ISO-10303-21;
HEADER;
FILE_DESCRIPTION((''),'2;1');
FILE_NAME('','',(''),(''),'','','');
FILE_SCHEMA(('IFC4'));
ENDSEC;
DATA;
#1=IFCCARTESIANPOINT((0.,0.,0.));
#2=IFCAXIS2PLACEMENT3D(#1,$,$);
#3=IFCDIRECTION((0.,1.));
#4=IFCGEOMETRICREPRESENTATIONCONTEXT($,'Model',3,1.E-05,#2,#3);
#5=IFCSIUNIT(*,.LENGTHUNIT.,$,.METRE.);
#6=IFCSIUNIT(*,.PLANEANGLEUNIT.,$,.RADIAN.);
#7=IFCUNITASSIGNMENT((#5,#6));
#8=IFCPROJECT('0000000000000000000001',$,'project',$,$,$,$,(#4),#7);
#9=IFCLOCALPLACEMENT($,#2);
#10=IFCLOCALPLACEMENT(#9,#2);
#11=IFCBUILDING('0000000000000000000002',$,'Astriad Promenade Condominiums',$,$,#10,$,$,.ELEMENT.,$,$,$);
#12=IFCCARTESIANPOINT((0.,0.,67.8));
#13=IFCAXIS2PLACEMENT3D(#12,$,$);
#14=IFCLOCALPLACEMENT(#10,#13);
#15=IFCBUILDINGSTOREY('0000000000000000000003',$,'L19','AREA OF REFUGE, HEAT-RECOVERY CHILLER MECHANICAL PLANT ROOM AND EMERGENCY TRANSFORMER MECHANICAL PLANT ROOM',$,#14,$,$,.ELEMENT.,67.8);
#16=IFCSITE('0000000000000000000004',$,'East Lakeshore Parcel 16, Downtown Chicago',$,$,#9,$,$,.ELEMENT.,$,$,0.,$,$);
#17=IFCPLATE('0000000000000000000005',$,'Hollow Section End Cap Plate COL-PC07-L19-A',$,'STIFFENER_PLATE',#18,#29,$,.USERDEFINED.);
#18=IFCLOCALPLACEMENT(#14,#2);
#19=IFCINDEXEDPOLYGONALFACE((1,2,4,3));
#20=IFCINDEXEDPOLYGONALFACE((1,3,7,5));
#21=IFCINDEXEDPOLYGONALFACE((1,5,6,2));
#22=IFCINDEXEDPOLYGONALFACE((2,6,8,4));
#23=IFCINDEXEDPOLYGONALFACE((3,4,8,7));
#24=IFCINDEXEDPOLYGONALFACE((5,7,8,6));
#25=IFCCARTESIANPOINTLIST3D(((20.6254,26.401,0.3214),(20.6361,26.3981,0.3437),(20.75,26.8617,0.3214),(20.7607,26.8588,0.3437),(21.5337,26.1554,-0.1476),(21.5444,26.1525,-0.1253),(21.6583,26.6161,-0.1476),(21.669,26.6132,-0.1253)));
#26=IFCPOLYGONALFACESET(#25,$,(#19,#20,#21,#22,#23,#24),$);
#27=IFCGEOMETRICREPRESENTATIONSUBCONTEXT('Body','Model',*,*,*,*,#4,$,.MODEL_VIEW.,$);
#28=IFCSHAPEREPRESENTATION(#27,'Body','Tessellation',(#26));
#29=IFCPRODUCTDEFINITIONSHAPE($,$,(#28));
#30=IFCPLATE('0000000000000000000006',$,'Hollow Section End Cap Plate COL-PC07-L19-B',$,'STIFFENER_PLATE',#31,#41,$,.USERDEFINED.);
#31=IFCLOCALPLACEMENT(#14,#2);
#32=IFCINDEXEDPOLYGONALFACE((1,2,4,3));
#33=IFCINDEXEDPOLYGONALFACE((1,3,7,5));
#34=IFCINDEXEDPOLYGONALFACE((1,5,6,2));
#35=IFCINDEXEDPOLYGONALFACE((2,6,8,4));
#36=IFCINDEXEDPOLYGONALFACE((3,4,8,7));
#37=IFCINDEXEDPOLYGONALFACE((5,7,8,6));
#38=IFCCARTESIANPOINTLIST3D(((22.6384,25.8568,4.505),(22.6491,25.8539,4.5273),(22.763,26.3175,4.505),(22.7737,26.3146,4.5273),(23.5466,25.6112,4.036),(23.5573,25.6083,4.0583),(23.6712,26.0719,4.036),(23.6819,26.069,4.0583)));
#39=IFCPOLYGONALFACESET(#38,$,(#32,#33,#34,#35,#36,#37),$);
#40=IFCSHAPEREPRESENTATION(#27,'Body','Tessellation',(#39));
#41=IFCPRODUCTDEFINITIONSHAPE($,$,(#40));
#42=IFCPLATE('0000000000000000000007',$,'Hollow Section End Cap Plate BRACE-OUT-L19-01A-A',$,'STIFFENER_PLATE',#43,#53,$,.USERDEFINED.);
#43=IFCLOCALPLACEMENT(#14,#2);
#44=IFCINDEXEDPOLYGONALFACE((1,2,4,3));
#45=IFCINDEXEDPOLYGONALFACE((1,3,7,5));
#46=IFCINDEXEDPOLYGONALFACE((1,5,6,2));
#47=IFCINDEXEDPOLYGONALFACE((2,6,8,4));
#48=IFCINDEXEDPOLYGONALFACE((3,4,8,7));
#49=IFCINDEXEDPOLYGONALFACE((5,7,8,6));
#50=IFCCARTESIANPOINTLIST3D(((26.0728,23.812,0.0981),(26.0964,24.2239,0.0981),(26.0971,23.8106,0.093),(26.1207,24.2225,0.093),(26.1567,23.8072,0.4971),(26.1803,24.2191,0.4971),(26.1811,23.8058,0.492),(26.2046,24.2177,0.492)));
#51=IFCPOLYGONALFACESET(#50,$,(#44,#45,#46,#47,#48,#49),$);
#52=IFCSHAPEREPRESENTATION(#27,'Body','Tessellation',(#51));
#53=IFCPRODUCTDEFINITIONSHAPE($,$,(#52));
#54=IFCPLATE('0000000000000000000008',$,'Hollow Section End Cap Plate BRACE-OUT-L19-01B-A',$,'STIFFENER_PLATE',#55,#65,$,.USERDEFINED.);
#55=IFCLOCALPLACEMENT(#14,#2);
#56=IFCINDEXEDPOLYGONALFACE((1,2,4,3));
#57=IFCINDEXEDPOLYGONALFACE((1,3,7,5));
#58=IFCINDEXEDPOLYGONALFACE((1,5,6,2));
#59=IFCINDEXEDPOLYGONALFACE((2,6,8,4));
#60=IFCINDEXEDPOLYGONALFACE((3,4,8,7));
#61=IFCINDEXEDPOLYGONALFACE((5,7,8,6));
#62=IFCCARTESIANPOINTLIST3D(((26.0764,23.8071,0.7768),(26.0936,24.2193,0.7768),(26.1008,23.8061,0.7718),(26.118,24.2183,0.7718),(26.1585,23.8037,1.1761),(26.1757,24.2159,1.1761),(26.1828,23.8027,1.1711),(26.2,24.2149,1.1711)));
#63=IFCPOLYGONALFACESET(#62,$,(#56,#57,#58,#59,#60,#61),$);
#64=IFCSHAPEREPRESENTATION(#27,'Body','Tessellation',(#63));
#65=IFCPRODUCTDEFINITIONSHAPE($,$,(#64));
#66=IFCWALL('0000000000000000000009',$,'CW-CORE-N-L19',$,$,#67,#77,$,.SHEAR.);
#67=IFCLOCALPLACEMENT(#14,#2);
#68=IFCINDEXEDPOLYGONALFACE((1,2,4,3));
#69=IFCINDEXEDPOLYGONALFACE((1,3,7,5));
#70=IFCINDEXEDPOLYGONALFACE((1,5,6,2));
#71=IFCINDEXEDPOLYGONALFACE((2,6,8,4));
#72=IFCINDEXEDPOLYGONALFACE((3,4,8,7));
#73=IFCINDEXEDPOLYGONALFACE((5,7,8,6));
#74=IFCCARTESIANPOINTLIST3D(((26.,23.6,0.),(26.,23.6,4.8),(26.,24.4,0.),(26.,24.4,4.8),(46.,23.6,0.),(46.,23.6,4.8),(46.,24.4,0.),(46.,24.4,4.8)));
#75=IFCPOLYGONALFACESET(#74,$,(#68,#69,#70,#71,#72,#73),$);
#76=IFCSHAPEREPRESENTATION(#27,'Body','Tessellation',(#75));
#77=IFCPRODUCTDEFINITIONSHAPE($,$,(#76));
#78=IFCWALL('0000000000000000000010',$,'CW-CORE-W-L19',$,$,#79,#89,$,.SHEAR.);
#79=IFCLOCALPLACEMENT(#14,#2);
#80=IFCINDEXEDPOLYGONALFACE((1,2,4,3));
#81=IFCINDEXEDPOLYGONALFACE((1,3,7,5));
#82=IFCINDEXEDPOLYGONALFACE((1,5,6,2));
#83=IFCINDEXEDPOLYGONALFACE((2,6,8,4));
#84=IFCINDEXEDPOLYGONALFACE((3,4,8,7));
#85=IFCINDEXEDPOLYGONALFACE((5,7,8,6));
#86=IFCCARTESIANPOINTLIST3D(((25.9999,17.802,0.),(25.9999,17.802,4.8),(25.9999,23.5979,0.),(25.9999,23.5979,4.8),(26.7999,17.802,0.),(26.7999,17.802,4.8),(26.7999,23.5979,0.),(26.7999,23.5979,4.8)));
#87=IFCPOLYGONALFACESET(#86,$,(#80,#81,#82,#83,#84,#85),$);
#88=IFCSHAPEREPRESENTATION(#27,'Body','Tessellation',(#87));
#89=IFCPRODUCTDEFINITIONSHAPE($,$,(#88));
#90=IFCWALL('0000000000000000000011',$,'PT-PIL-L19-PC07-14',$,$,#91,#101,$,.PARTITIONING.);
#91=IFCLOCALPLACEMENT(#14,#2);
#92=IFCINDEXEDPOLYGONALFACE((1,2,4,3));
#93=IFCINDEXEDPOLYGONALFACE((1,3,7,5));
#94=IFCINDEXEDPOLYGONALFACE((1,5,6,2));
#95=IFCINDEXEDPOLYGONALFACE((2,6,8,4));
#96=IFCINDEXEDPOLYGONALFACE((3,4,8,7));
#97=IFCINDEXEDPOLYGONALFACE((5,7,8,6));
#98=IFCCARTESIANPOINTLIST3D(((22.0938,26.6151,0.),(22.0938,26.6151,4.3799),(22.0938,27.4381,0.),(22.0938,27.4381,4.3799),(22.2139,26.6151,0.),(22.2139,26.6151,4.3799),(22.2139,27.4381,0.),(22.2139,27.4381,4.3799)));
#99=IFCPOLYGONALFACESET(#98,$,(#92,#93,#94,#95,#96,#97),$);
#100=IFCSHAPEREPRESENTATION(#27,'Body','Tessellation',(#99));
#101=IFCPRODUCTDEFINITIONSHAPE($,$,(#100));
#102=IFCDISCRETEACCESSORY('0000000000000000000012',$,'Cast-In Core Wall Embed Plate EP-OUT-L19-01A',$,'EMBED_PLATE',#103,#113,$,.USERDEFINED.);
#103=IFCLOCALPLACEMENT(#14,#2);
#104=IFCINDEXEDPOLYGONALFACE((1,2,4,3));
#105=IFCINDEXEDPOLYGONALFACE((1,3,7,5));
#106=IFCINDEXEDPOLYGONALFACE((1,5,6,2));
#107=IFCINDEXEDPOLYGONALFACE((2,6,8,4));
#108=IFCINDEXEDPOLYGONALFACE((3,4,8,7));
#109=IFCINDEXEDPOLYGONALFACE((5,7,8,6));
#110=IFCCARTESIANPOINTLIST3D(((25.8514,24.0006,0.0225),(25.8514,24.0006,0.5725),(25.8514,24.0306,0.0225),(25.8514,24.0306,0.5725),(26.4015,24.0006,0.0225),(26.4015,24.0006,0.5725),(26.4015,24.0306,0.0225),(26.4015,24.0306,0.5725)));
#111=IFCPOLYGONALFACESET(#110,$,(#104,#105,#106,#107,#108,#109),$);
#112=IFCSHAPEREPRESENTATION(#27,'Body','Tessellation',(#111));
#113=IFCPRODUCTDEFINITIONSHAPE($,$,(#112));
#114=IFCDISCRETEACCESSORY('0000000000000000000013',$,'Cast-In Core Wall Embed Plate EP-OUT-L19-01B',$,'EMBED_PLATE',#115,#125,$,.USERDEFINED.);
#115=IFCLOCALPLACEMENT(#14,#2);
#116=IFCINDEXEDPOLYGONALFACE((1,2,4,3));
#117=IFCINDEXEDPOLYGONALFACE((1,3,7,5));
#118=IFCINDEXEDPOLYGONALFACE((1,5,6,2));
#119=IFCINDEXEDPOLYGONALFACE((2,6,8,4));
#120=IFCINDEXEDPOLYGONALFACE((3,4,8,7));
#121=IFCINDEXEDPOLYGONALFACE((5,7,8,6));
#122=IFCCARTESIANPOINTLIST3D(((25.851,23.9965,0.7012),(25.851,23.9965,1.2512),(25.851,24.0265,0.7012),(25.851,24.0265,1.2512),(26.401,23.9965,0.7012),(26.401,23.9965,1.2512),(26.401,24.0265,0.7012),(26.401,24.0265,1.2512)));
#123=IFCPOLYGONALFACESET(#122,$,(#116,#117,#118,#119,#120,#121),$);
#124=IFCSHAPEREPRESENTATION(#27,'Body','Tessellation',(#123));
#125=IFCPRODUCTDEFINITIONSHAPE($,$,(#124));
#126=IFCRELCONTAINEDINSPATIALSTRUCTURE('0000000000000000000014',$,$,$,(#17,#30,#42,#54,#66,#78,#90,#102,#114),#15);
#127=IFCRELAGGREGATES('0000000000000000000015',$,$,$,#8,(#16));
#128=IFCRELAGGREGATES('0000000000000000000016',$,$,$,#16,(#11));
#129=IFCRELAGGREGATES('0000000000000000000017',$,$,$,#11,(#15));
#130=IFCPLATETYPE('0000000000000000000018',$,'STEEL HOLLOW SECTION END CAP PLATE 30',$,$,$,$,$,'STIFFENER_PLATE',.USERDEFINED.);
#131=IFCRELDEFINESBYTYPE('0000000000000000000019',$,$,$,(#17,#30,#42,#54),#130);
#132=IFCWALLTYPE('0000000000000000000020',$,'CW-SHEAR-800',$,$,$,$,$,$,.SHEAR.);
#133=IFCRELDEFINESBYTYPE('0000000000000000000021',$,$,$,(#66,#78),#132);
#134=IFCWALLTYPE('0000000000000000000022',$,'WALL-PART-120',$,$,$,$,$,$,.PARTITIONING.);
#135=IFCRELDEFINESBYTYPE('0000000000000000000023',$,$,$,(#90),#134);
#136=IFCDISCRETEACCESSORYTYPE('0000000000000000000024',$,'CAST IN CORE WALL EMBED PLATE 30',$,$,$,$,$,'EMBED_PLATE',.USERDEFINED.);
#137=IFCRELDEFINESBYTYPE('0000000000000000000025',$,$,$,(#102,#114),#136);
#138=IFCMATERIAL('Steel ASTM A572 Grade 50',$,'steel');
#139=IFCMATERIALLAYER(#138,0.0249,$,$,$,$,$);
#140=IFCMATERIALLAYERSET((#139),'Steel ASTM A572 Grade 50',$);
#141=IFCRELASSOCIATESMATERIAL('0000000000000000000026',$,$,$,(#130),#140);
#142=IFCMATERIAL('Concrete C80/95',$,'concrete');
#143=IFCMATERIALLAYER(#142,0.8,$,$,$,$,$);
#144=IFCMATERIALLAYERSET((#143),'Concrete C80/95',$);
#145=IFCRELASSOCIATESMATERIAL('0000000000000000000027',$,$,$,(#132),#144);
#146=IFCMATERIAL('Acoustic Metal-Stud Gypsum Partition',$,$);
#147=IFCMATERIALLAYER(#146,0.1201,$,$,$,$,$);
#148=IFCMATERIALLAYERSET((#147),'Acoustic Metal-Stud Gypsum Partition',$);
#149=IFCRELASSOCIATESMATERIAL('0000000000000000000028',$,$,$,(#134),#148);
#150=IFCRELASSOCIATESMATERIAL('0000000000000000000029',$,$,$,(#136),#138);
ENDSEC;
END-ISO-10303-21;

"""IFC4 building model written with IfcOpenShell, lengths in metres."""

from ifc_helpers import new_model, si_unit, direction, frame, frame_2d, origin, origin_2d, place, context, subcontext, project, spatial, rectangle, extrude, source, transform, mapped, material, layer, layer_set, type_object, type_shapes, element, save


model = new_model("IFC4")

# Units and contexts
model_context = context("Model", 3, precision=1e-05, world=origin(), true_north=direction((0.0, 1.0)))
body_context = subcontext(model_context, "Body", "Model", "MODEL_VIEW")
ifc_project = project(units=[si_unit("LENGTHUNIT", "METRE"), si_unit("PLANEANGLEUNIT", "RADIAN")], contexts=[model_context])

# Site, building, storey
site_placement = place(None, origin())
site = spatial("IfcSite", under=ifc_project, at=site_placement, Name="East Lakeshore Parcel 16, Downtown Chicago", CompositionType="ELEMENT", RefElevation=0.0)
building_placement = place(site_placement, origin())
building = spatial("IfcBuilding", under=site, at=building_placement, Name="Astriad Promenade Condominiums", CompositionType="ELEMENT")
storey_placement = place(building_placement, frame((0.0, 0.0, 67.8)))
storey = spatial("IfcBuildingStorey", under=building, at=storey_placement, Name="L19", Description="AREA OF REFUGE, HEAT-RECOVERY CHILLER MECHANICAL PLANT ROOM AND EMERGENCY TRANSFORMER MECHANICAL PLANT ROOM", CompositionType="ELEMENT", Elevation=67.8)

# Plates
ifc_material_1 = material(Name="Steel ASTM A572 Grade 50", Category="steel")
ifc_layer_1 = layer(ifc_material_1, 0.0249)
ifc_layer_set_1 = layer_set([ifc_layer_1], Name="Steel ASTM A572 Grade 50")
plate_type = type_object("IfcPlateType", Name="STEEL HOLLOW SECTION END CAP PLATE 30", ElementType="STIFFENER_PLATE", PredefinedType="USERDEFINED", material=ifc_layer_set_1)
shared_shape_1 = source(origin(), body_context, "Body", "SweptSolid", [
    extrude(rectangle(XDim=0.4773, YDim=1.0513, at=origin_2d()), origin(), (0.0, 0.0, 1.0), 0.0249),
])
for number, where, z_axis, x_axis, name in (
    (1, (21.1418, 26.5085, 0.0869), (0.430629, -0.116449, 0.894985), (0.26104, 0.965328, 0.0), "Hollow Section End Cap Plate COL-PC07-L19-A"),
    (2, (23.1548, 25.9644, 4.2705), (0.430629, -0.116449, 0.894985), (0.26104, 0.965328, 0.0), "Hollow Section End Cap Plate COL-PC07-L19-B"),
):
    element("IfcPlate", number, at=place(storey_placement, frame(where, z_axis=z_axis, x_axis=x_axis)), inside=storey, type_object=plate_type, Name=name, ObjectType="STIFFENER_PLATE", PredefinedType="USERDEFINED", context=body_context, shape_type="MappedRepresentation", body=[
        mapped(shared_shape_1, transform((0.0, 0.0, 0.0), scale=1.0)),
    ])
shared_shape_2 = source(origin(), body_context, "Body", "SweptSolid", [
    extrude(rectangle(XDim=0.4126, YDim=0.4077, at=origin_2d()), origin(), (0.0, 0.0, 1.0), 0.0249),
])
type_shapes(plate_type, [shared_shape_1, shared_shape_2])
for number, where, z_axis, x_axis, name in (
    (3, (26.1509, 24.0142, 0.2925), (-0.976916, 0.055868, 0.20619), (-0.057095, -0.998369, 0.0), "Hollow Section End Cap Plate BRACE-OUT-L19-01A-A"),
    (4, (26.1504, 24.0105, 0.9714), (-0.978644, 0.040823, 0.20147), (-0.041678, -0.999131, 0.0), "Hollow Section End Cap Plate BRACE-OUT-L19-01B-A"),
):
    element("IfcPlate", number, at=place(storey_placement, frame(where, z_axis=z_axis, x_axis=x_axis)), inside=storey, type_object=plate_type, Name=name, ObjectType="STIFFENER_PLATE", PredefinedType="USERDEFINED", context=body_context, shape_type="MappedRepresentation", body=[
        mapped(shared_shape_2, transform((0.0, 0.0, 0.0), scale=1.0)),
    ])

# Walls
ifc_material_2 = material(Name="Concrete C80/95", Category="concrete")
ifc_layer_2 = layer(ifc_material_2, 0.8)
ifc_layer_set_2 = layer_set([ifc_layer_2], Name="Concrete C80/95")
wall_type_1 = type_object("IfcWallType", Name="CW-SHEAR-800", PredefinedType="SHEAR", material=ifc_layer_set_2)
wall_1_placement = place(storey_placement, frame((26.0, 24.0, 0.0), z_axis=(0.0, 0.0, 1.0), x_axis=(1.0, 0.0, 0.0)))
element("IfcWall", 5, at=wall_1_placement, inside=storey, type_object=wall_type_1, Name="CW-CORE-N-L19", PredefinedType="SHEAR", context=body_context, shape_type="SweptSolid", body=[
    extrude(rectangle(XDim=20.0, YDim=0.8, at=frame_2d((10.0, 0.0))), origin(), (0.0, 0.0, 1.0), 4.8),
])
wall_2_placement = place(storey_placement, frame((26.3999, 17.802, 0.0), z_axis=(0.0, 0.0, 1.0), x_axis=(0.0, 1.0, 0.0)))
element("IfcWall", 6, at=wall_2_placement, inside=storey, type_object=wall_type_1, Name="CW-CORE-W-L19", PredefinedType="SHEAR", context=body_context, shape_type="SweptSolid", body=[
    extrude(rectangle(XDim=5.7959, YDim=0.8, at=frame_2d((2.8979, 0.0))), origin(), (0.0, 0.0, 1.0), 4.8),
])
ifc_material_3 = material(Name="Acoustic Metal-Stud Gypsum Partition")
ifc_layer_3 = layer(ifc_material_3, 0.1201)
ifc_layer_set_3 = layer_set([ifc_layer_3], Name="Acoustic Metal-Stud Gypsum Partition")
wall_type_2 = type_object("IfcWallType", Name="WALL-PART-120", PredefinedType="PARTITIONING", material=ifc_layer_set_3)
wall_3_placement = place(storey_placement, frame((22.1538, 26.615, 0.0), z_axis=(0.0, 0.0, 1.0), x_axis=(0.0, 1.0, 0.0)))
element("IfcWall", 7, at=wall_3_placement, inside=storey, type_object=wall_type_2, Name="PT-PIL-L19-PC07-14", PredefinedType="PARTITIONING", context=body_context, shape_type="SweptSolid", body=[
    extrude(rectangle(XDim=0.823, YDim=0.1201, at=frame_2d((0.4116, 0.0))), origin(), (0.0, 0.0, 1.0), 4.3799),
])

# Discrete accessories
discrete_accessory_type = type_object("IfcDiscreteAccessoryType", Name="CAST IN CORE WALL EMBED PLATE 30", ElementType="EMBED_PLATE", PredefinedType="USERDEFINED", material=ifc_material_1)
shared_shape_3 = source(origin(), body_context, "Body", "SweptSolid", [
    extrude(rectangle(XDim=0.55, YDim=0.03, at=origin_2d()), origin(), (0.0, 0.0, 1.0), 0.55),
])
type_shapes(discrete_accessory_type, [shared_shape_3])
for number, where, z_axis, x_axis, name in (
    (8, (26.1265, 24.0156, 0.0225), (0.0, 0.0, 1.0), (1.0, 0.0, 0.0), "Cast-In Core Wall Embed Plate EP-OUT-L19-01A"),
    (9, (26.126, 24.0115, 0.7012), (0.0, 0.0, 1.0), (1.0, 0.0, 0.0), "Cast-In Core Wall Embed Plate EP-OUT-L19-01B"),
):
    element("IfcDiscreteAccessory", number, at=place(storey_placement, frame(where, z_axis=z_axis, x_axis=x_axis)), inside=storey, type_object=discrete_accessory_type, Name=name, ObjectType="EMBED_PLATE", PredefinedType="USERDEFINED", context=body_context, shape_type="MappedRepresentation", body=[
        mapped(shared_shape_3, transform((0.0, 0.0, 0.0), scale=1.0)),
    ])

save(model, "model.ifc")
